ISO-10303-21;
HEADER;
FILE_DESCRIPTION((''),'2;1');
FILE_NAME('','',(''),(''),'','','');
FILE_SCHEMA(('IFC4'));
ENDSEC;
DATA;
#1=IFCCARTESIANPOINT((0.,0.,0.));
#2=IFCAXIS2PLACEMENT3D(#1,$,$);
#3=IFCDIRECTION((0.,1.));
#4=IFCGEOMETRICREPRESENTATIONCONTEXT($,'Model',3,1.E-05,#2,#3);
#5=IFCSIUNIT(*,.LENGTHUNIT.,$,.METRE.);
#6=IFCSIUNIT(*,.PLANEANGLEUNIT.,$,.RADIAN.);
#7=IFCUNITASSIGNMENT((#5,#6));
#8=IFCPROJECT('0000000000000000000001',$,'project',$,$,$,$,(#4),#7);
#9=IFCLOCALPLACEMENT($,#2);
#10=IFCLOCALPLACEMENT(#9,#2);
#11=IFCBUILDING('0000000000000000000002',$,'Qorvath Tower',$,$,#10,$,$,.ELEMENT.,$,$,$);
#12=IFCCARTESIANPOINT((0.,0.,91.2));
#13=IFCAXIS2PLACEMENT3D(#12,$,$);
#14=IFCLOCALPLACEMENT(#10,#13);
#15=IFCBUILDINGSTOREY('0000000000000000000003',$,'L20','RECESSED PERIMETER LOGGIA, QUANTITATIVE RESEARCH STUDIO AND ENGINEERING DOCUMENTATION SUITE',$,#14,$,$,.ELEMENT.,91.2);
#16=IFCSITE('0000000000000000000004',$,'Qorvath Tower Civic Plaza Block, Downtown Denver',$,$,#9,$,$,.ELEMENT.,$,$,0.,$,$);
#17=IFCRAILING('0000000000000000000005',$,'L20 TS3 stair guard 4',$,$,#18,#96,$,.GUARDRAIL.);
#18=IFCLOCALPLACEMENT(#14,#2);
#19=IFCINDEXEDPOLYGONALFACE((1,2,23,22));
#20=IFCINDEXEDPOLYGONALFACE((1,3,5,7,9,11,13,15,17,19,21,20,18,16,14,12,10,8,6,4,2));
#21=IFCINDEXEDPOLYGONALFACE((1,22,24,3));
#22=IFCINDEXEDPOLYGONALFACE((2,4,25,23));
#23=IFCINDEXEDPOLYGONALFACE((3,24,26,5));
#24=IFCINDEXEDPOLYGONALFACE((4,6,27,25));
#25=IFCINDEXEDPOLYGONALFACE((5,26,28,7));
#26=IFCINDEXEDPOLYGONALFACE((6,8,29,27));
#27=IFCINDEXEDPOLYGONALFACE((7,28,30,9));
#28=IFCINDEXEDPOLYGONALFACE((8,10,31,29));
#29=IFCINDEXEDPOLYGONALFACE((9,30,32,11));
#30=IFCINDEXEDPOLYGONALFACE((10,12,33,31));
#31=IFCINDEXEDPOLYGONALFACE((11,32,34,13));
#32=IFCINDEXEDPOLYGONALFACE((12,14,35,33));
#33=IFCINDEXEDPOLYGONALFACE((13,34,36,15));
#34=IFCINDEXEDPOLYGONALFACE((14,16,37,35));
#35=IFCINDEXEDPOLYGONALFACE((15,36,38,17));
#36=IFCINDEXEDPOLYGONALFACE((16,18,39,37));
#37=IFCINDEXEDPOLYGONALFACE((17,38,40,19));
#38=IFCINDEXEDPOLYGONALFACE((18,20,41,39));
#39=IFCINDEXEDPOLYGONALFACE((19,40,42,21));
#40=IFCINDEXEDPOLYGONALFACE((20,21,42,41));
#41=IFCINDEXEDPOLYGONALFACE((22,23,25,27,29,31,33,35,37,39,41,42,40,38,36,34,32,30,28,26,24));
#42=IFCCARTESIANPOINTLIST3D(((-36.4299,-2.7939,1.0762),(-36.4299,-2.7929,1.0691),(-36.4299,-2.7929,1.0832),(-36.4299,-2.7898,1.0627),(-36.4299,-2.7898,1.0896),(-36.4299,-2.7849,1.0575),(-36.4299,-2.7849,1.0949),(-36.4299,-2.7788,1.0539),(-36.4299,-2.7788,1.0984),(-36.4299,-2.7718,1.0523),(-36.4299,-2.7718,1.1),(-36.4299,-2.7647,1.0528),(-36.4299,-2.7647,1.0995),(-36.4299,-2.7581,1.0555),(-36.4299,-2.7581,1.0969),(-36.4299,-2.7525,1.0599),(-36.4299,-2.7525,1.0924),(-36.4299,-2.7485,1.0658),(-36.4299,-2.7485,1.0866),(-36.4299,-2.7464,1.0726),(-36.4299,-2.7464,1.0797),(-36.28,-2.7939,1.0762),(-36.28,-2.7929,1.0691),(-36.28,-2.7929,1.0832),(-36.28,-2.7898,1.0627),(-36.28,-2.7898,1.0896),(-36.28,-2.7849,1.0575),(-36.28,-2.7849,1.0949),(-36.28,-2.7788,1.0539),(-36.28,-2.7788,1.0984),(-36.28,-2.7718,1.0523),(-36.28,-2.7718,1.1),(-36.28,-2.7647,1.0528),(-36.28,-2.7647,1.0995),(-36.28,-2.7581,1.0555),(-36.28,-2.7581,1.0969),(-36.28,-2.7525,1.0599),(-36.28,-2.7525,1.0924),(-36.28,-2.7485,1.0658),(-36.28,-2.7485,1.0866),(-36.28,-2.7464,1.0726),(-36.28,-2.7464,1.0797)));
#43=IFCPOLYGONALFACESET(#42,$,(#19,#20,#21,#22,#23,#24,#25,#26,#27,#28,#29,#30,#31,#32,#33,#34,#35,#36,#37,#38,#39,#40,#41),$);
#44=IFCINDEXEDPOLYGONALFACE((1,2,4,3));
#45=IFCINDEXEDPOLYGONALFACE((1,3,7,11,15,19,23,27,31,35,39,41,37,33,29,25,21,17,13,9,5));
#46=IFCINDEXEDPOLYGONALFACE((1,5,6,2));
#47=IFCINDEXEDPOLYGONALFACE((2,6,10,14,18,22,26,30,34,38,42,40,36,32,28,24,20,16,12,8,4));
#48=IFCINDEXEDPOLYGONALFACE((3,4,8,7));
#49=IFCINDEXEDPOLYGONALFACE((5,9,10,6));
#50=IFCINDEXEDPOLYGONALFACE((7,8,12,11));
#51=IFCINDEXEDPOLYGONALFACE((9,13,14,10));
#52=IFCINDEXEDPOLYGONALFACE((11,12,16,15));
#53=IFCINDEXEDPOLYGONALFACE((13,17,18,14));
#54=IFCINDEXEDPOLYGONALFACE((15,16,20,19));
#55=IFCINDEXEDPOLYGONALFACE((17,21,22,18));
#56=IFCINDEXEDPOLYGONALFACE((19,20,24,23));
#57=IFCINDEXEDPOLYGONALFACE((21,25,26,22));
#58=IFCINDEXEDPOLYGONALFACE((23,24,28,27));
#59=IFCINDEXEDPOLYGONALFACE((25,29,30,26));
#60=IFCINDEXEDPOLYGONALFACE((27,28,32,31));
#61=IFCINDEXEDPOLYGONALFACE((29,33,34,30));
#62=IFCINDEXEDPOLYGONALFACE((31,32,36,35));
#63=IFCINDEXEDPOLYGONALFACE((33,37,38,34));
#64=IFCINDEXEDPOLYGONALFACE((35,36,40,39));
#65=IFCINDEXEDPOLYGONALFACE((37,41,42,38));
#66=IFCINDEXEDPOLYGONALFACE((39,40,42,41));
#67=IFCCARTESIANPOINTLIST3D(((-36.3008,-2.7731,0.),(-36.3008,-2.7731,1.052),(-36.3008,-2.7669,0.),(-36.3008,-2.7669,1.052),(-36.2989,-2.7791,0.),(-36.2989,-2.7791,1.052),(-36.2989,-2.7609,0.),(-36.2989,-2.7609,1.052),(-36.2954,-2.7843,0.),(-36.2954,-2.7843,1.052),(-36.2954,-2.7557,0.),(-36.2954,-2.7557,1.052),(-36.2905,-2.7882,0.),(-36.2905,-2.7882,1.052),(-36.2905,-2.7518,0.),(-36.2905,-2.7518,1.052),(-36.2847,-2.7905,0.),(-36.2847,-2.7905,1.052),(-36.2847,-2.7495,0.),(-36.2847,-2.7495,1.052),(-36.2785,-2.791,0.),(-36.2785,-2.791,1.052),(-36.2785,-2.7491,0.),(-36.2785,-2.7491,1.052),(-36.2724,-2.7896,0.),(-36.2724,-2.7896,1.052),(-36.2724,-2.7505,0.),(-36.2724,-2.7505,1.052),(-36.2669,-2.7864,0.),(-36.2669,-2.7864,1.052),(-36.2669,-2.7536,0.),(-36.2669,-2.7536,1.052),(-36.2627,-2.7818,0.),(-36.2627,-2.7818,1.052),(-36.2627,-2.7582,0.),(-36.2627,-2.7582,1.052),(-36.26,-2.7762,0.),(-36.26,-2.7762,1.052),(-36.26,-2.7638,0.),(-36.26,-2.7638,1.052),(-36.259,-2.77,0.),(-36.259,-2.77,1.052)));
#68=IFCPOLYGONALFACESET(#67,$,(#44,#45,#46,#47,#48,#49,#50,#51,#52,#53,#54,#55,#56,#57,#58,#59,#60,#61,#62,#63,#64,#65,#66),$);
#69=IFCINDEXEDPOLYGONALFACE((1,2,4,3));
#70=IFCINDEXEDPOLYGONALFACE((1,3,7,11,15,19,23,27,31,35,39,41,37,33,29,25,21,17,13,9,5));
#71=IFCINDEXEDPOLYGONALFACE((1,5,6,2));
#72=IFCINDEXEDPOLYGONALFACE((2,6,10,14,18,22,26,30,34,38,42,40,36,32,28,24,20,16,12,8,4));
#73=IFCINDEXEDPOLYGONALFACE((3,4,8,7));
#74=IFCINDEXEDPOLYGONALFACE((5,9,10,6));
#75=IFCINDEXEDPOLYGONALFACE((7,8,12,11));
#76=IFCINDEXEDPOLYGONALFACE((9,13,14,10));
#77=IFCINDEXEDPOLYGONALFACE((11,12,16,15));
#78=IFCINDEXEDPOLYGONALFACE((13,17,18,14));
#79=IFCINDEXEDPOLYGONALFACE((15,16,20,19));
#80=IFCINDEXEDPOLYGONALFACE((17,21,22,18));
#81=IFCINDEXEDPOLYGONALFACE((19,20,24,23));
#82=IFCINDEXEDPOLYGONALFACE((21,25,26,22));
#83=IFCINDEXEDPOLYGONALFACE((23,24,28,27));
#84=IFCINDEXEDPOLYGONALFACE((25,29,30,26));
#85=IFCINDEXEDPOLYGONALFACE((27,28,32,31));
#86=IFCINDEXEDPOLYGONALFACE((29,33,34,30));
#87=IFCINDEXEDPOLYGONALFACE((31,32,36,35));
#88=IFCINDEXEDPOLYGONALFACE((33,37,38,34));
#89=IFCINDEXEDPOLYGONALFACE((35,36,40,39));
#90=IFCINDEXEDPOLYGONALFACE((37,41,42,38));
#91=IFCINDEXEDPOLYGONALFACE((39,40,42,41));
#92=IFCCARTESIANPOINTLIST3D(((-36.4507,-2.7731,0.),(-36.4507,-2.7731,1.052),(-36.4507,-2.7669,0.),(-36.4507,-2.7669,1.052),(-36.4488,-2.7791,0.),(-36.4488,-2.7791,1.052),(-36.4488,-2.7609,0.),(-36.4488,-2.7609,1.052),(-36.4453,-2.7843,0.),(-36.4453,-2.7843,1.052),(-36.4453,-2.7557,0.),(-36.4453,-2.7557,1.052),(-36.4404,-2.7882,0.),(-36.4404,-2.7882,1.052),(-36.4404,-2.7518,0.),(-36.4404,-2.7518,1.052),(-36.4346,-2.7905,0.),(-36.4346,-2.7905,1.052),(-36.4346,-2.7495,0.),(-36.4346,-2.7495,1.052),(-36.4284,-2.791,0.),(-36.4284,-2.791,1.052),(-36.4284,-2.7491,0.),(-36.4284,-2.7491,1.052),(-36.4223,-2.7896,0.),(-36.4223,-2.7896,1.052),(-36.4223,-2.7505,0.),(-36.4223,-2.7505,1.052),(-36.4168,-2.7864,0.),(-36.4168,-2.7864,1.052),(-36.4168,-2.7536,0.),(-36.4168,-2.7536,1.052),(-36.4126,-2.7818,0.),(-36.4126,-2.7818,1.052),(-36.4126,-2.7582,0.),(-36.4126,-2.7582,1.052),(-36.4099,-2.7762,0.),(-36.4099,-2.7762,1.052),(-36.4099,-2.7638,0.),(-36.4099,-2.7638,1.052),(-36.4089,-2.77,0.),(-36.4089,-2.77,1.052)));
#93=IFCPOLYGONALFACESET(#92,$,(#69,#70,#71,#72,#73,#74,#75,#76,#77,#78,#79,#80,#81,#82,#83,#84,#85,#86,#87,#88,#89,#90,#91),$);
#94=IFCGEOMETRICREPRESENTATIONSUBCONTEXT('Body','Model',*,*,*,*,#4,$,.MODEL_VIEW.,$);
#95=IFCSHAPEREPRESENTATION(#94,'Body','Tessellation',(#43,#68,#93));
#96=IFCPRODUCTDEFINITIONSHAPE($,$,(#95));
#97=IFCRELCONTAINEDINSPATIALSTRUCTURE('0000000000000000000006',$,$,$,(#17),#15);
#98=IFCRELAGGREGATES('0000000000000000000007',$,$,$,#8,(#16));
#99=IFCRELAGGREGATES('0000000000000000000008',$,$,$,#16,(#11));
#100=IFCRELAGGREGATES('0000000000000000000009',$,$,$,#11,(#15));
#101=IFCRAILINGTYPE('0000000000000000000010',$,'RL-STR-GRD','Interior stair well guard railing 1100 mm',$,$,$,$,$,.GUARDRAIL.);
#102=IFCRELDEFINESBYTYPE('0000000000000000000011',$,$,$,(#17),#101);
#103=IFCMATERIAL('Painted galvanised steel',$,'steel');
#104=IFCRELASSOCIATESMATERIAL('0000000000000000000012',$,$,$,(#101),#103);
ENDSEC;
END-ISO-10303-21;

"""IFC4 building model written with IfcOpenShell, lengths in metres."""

from ifc_helpers import new_model, si_unit, direction, frame, origin, origin_2d, place, context, subcontext, project, spatial, circle, extrude, material, type_object, element, save


model = new_model("IFC4")

# Units and contexts
model_context = context("Model", 3, precision=1e-05, world=origin(), true_north=direction((0.0, 1.0)))
body_context = subcontext(model_context, "Body", "Model", "MODEL_VIEW")
ifc_project = project(units=[si_unit("LENGTHUNIT", "METRE"), si_unit("PLANEANGLEUNIT", "RADIAN")], contexts=[model_context])

# Site, building, storey
site_placement = place(None, origin())
site = spatial("IfcSite", under=ifc_project, at=site_placement, Name="Qorvath Tower Civic Plaza Block, Downtown Denver", CompositionType="ELEMENT", RefElevation=0.0)
building_placement = place(site_placement, origin())
building = spatial("IfcBuilding", under=site, at=building_placement, Name="Qorvath Tower", CompositionType="ELEMENT")
storey_placement = place(building_placement, frame((0.0, 0.0, 91.2)))
storey = spatial("IfcBuildingStorey", under=building, at=storey_placement, Name="L20", Description="RECESSED PERIMETER LOGGIA, QUANTITATIVE RESEARCH STUDIO AND ENGINEERING DOCUMENTATION SUITE", CompositionType="ELEMENT", Elevation=91.2)

# Railing
ifc_material_1 = material(Name="Painted galvanised steel", Category="steel")
railing_type_1 = type_object("IfcRailingType", Name="RL-STR-GRD", Description="Interior stair well guard railing 1100 mm", PredefinedType="GUARDRAIL", material=ifc_material_1)
railing_1_placement = place(storey_placement, frame((-36.28, -2.77, 0.0)))
element("IfcRailing", 1, at=railing_1_placement, inside=storey, type_object=railing_type_1, Name="L20 TS3 stair guard 4", PredefinedType="GUARDRAIL", context=body_context, shape_type="SweptSolid", body=[
    extrude(circle(Radius=0.0239, at=origin_2d()), frame((0.0, 0.0, 1.0762), z_axis=(-1.0, 0.0, 0.0), x_axis=(0.0, -1.0, 0.0)), (0.0, 0.0, 1.0), 0.1499),
    extrude(circle(Radius=0.021, at=origin_2d()), origin(), (0.0, 0.0, 1.0), 1.052),
    extrude(circle(Radius=0.021, at=origin_2d()), frame((-0.1499, 0.0, 0.0)), (0.0, 0.0, 1.0), 1.052),
])

save(model, "model.ifc")
